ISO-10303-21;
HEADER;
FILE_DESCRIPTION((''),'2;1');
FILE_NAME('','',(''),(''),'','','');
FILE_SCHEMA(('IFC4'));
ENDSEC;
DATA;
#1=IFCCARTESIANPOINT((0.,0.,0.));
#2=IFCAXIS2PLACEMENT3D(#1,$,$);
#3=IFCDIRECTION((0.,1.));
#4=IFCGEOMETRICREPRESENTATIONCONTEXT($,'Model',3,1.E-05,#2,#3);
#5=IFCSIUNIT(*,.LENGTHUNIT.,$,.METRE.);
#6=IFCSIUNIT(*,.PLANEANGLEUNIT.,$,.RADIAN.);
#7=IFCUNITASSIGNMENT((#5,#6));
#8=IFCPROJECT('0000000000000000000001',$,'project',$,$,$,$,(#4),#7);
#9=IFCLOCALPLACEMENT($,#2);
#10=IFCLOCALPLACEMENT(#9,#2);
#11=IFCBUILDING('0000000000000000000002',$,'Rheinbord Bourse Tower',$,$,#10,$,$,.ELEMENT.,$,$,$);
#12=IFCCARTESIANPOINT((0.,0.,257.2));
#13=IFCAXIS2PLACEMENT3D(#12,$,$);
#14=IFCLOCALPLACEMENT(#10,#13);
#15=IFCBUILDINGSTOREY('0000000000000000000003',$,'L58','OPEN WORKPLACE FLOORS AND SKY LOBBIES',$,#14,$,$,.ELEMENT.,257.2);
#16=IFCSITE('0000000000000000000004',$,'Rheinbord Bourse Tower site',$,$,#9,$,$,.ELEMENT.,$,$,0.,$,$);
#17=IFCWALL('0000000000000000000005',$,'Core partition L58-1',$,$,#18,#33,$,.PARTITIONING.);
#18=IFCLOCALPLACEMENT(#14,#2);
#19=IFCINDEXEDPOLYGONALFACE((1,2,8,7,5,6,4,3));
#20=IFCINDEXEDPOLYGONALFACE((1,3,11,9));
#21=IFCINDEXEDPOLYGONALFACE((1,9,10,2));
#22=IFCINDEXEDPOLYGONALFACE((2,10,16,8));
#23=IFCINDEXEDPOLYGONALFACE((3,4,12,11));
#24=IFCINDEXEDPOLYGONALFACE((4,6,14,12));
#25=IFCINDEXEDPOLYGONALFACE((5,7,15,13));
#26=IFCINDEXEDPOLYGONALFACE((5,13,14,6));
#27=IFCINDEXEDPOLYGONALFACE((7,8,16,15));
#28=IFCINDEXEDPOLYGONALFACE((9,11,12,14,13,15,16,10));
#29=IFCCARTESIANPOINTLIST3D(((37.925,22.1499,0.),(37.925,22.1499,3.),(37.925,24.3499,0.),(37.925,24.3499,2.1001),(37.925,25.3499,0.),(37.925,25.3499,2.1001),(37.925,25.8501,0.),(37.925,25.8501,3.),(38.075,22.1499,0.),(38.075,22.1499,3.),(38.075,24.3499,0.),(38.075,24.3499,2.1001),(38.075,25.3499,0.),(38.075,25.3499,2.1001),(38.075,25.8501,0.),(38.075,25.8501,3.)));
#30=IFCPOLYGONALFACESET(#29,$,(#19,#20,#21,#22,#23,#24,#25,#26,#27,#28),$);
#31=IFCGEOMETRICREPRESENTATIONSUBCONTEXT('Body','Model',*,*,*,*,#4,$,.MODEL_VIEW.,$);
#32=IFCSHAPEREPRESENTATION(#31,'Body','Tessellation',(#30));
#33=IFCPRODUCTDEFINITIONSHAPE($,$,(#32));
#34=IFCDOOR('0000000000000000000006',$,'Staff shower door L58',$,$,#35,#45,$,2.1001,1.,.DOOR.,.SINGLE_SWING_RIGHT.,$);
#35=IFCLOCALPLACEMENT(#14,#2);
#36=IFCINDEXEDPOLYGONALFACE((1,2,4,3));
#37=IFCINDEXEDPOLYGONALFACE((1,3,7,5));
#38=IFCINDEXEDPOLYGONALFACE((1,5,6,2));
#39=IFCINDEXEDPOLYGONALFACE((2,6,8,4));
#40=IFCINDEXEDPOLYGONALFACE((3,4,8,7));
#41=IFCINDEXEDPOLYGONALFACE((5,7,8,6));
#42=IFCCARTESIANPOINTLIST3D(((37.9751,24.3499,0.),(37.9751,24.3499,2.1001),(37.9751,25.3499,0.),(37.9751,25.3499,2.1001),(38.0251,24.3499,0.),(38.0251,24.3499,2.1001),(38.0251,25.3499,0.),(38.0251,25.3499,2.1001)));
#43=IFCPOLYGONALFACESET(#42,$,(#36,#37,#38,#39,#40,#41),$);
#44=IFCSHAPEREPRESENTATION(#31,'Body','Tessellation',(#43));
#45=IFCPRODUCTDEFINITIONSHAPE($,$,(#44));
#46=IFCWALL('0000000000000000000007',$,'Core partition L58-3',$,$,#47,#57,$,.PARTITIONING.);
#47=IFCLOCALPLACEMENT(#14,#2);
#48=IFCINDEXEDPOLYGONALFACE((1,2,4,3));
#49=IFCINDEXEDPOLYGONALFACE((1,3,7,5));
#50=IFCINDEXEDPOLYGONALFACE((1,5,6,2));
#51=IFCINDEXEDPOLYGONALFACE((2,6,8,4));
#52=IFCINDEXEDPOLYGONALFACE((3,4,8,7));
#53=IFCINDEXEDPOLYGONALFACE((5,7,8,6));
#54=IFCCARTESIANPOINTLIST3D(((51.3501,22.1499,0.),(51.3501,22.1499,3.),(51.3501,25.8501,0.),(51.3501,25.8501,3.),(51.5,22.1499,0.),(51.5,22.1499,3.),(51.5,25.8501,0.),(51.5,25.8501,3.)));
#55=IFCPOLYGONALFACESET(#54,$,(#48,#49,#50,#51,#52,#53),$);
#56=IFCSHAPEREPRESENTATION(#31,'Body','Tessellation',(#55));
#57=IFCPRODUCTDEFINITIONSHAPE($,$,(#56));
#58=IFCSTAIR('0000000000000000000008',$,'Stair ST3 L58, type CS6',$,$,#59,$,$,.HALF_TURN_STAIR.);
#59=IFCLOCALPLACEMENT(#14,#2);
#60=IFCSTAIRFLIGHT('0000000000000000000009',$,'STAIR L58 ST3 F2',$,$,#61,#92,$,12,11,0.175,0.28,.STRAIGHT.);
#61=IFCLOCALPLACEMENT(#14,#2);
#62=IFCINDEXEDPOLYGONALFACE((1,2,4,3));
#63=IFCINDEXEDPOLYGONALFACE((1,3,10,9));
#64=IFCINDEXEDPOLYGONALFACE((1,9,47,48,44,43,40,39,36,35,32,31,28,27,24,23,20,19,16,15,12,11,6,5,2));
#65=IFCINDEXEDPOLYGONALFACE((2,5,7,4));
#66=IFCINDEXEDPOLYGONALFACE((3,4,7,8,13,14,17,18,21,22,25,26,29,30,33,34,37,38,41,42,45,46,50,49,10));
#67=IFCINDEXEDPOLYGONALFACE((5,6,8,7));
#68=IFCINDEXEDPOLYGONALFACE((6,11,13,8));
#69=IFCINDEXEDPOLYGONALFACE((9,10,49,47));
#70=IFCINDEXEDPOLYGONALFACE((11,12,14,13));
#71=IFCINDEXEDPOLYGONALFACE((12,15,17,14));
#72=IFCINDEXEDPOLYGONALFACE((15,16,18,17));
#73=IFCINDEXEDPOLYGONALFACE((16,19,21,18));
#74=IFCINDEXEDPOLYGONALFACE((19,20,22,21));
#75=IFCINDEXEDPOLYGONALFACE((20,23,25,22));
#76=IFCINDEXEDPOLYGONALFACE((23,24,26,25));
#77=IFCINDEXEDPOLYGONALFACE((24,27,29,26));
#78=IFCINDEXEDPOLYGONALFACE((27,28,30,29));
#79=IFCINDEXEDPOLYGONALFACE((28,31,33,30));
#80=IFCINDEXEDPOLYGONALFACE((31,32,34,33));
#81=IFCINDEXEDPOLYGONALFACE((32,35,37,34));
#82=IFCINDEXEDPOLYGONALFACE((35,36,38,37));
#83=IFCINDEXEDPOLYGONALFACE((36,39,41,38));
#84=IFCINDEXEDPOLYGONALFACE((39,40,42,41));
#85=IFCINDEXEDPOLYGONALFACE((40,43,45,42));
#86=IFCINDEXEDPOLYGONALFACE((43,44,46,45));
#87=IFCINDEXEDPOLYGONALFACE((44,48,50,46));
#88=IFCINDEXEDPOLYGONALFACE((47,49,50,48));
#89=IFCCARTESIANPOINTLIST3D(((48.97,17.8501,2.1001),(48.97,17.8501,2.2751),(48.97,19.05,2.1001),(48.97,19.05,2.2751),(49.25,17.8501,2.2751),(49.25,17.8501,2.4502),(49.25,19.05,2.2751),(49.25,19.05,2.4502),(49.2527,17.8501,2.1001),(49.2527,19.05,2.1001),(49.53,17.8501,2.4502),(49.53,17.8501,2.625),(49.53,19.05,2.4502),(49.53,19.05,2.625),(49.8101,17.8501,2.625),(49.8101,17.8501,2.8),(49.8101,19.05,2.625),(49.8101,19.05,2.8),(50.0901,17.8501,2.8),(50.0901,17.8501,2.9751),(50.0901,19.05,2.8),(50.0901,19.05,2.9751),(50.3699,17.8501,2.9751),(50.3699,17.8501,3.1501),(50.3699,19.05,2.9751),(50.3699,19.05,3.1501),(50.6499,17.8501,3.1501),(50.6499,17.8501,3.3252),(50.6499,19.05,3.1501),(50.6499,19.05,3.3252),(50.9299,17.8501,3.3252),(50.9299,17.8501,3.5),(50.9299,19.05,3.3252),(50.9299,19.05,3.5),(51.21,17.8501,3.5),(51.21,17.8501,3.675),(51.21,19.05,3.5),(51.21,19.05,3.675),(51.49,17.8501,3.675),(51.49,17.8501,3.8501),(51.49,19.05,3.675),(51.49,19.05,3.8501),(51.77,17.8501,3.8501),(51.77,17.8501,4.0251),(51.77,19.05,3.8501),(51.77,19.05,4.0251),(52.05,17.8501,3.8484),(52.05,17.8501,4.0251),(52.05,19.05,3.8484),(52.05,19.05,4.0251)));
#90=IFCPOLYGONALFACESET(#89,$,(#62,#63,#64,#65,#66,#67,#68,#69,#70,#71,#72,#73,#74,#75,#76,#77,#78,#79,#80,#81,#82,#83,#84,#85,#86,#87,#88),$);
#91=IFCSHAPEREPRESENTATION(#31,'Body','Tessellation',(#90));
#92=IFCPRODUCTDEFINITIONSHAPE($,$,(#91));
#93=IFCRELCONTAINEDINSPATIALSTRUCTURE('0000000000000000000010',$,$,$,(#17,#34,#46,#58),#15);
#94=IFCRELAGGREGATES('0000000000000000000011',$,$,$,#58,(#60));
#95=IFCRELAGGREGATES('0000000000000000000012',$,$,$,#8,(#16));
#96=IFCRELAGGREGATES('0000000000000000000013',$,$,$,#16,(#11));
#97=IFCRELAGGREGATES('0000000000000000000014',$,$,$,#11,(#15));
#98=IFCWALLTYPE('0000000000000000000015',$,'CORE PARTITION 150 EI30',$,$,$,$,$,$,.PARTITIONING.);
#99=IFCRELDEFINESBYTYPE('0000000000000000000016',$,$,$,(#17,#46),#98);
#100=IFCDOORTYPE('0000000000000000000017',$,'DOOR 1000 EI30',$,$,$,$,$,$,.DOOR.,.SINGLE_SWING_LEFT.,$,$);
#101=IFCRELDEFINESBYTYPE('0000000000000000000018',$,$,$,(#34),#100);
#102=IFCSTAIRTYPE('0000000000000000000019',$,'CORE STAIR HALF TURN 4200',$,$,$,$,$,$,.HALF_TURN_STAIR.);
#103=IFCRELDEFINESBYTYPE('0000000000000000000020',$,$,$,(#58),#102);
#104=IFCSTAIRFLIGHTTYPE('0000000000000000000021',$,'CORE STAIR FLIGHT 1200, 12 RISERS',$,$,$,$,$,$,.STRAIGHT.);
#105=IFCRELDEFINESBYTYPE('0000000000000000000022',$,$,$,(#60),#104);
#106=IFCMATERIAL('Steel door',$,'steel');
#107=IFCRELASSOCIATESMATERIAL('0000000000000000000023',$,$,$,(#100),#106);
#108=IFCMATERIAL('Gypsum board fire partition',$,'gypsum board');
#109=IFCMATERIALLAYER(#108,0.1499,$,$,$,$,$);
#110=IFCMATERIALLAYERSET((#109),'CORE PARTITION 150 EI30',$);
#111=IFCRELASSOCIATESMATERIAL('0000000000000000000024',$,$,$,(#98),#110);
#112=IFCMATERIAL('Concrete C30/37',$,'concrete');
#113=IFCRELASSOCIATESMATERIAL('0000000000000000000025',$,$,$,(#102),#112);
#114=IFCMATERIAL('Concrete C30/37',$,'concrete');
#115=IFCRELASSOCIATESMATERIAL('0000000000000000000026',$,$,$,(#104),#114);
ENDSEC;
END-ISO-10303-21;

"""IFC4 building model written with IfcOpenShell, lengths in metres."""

from ifc_helpers import new_model, si_unit, direction, frame, frame_2d, origin, place, context, subcontext, project, spatial, polyline, rectangle, outline, extrude, material, layer, layer_set, type_object, element, fill, aggregate, save


model = new_model("IFC4")

# Units and contexts
model_context = context("Model", 3, precision=1e-05, world=origin(), true_north=direction((0.0, 1.0)))
body_context = subcontext(model_context, "Body", "Model", "MODEL_VIEW")
ifc_project = project(units=[si_unit("LENGTHUNIT", "METRE"), si_unit("PLANEANGLEUNIT", "RADIAN")], contexts=[model_context])

# Site, building, storey
site_placement = place(None, origin())
site = spatial("IfcSite", under=ifc_project, at=site_placement, Name="Rheinbord Bourse Tower site", CompositionType="ELEMENT", RefElevation=0.0)
building_placement = place(site_placement, origin())
building = spatial("IfcBuilding", under=site, at=building_placement, Name="Rheinbord Bourse Tower", CompositionType="ELEMENT")
storey_placement = place(building_placement, frame((0.0, 0.0, 257.2)))
storey = spatial("IfcBuildingStorey", under=building, at=storey_placement, Name="L58", Description="OPEN WORKPLACE FLOORS AND SKY LOBBIES", CompositionType="ELEMENT", Elevation=257.2)

# Shared definitions
ifc_material_1 = material(Name="Steel door", Category="steel")
door_type_1 = type_object("IfcDoorType", Name="DOOR 1000 EI30", OperationType="SINGLE_SWING_LEFT", PredefinedType="DOOR", material=ifc_material_1)

# Wall, opening, door
ifc_material_2 = material(Name="Gypsum board fire partition", Category="gypsum board")
ifc_layer_1 = layer(ifc_material_2, 0.1499)
ifc_layer_set_1 = layer_set([ifc_layer_1], Name="CORE PARTITION 150 EI30")
wall_type_1 = type_object("IfcWallType", Name="CORE PARTITION 150 EI30", PredefinedType="PARTITIONING", material=ifc_layer_set_1)
wall_1_placement = place(storey_placement, frame((38.0, 22.1499, 0.0), z_axis=(0.0, 0.0, 1.0), x_axis=(0.0, 1.0, 0.0)))
wall_1 = element("IfcWall", 1, at=wall_1_placement, inside=storey, type_object=wall_type_1, Name="Core partition L58-1", PredefinedType="PARTITIONING", context=body_context, shape_type="SweptSolid", body=[
    extrude(rectangle(XDim=3.7002, YDim=0.1499, at=frame_2d((1.8501, 0.0))), origin(), (0.0, 0.0, 1.0), 3.0),
])
opening_1_placement = place(wall_1_placement, frame((2.2, 0.0, 0.0)))
opening_1 = element("IfcOpeningElement", 2, at=opening_1_placement, cuts=wall_1, PredefinedType="OPENING", context=body_context, shape_type="SweptSolid", body=[
    extrude(rectangle(XDim=1.0, YDim=2.1001, at=frame_2d((0.5, 1.05))), frame((0.0, 0.085, 0.0), z_axis=(0.0, -1.0, 0.0), x_axis=(1.0, 0.0, 0.0)), (0.0, 0.0, 1.0), 0.1699),
])
door_1_placement = place(opening_1_placement, origin())
door_1 = element("IfcDoor", 3, at=door_1_placement, inside=storey, type_object=door_type_1, Name="Staff shower door L58", OperationType="SINGLE_SWING_RIGHT", OverallHeight=2.1001, OverallWidth=1.0, PredefinedType="DOOR", context=body_context, shape_type="SweptSolid", body=[
    extrude(rectangle(XDim=1.0, YDim=2.1001, at=frame_2d((0.5, 1.05))), frame((0.0, 0.0249, 0.0), z_axis=(0.0, -1.0, 0.0), x_axis=(1.0, 0.0, 0.0)), (0.0, 0.0, 1.0), 0.05),
])
fill(opening_1, door_1)

# Wall
wall_2_placement = place(storey_placement, frame((51.425, 22.1499, 0.0), z_axis=(0.0, 0.0, 1.0), x_axis=(0.0, 1.0, 0.0)))
element("IfcWall", 4, at=wall_2_placement, inside=storey, type_object=wall_type_1, Name="Core partition L58-3", PredefinedType="PARTITIONING", context=body_context, shape_type="SweptSolid", body=[
    extrude(rectangle(XDim=3.7002, YDim=0.1499, at=frame_2d((1.8501, 0.0))), origin(), (0.0, 0.0, 1.0), 3.0),
])

# Stair, stair flight
ifc_material_3 = material(Name="Concrete C30/37", Category="concrete")
stair_type = type_object("IfcStairType", Name="CORE STAIR HALF TURN 4200", PredefinedType="HALF_TURN_STAIR", material=ifc_material_3)
stair_placement = place(storey_placement, origin())
stair = element("IfcStair", 5, at=stair_placement, inside=storey, type_object=stair_type, Name="Stair ST3 L58, type CS6", PredefinedType="HALF_TURN_STAIR")
ifc_material_4 = material(Name="Concrete C30/37", Category="concrete")
stair_flight_type = type_object("IfcStairFlightType", Name="CORE STAIR FLIGHT 1200, 12 RISERS", PredefinedType="STRAIGHT", material=ifc_material_4)
stair_flight_placement = place(storey_placement, frame((48.97, 18.45, 2.1001), z_axis=(0.0, 0.0, 1.0), x_axis=(1.0, 0.0, 0.0)))
stair_flight = element("IfcStairFlight", 6, at=stair_flight_placement, type_object=stair_flight_type, Name="STAIR L58 ST3 F2", NumberOfRisers=12, NumberOfTreads=11, PredefinedType="STRAIGHT", RiserHeight=0.175, TreadLength=0.28, context=body_context, shape_type="SweptSolid", body=[
    extrude(outline(polyline([(0.0, 0.0), (0.0, 0.175), (0.28, 0.175), (0.28, 0.3501), (0.5601, 0.3501), (0.5601, 0.5249), (0.8401, 0.5249), (0.8401, 0.7), (1.1201, 0.7), (1.1201, 0.875), (1.3999, 0.875), (1.3999, 1.05), (1.6799, 1.05), (1.6799, 1.2251), (1.96, 1.2251), (1.96, 1.3999), (2.24, 1.3999), (2.24, 1.575), (2.52, 1.575), (2.52, 1.75), (2.8, 1.75), (2.8, 1.925), (3.0801, 1.925), (3.0801, 2.1001), (3.0801, 1.7483), (0.2827, 0.0), (0.0, 0.0)])), frame((0.0, 0.6001, 0.0), z_axis=(0.0, -1.0, 0.0), x_axis=(1.0, 0.0, 0.0)), (0.0, 0.0, 1.0), 1.2),
])
aggregate(stair, [stair_flight])

save(model, "model.ifc")
